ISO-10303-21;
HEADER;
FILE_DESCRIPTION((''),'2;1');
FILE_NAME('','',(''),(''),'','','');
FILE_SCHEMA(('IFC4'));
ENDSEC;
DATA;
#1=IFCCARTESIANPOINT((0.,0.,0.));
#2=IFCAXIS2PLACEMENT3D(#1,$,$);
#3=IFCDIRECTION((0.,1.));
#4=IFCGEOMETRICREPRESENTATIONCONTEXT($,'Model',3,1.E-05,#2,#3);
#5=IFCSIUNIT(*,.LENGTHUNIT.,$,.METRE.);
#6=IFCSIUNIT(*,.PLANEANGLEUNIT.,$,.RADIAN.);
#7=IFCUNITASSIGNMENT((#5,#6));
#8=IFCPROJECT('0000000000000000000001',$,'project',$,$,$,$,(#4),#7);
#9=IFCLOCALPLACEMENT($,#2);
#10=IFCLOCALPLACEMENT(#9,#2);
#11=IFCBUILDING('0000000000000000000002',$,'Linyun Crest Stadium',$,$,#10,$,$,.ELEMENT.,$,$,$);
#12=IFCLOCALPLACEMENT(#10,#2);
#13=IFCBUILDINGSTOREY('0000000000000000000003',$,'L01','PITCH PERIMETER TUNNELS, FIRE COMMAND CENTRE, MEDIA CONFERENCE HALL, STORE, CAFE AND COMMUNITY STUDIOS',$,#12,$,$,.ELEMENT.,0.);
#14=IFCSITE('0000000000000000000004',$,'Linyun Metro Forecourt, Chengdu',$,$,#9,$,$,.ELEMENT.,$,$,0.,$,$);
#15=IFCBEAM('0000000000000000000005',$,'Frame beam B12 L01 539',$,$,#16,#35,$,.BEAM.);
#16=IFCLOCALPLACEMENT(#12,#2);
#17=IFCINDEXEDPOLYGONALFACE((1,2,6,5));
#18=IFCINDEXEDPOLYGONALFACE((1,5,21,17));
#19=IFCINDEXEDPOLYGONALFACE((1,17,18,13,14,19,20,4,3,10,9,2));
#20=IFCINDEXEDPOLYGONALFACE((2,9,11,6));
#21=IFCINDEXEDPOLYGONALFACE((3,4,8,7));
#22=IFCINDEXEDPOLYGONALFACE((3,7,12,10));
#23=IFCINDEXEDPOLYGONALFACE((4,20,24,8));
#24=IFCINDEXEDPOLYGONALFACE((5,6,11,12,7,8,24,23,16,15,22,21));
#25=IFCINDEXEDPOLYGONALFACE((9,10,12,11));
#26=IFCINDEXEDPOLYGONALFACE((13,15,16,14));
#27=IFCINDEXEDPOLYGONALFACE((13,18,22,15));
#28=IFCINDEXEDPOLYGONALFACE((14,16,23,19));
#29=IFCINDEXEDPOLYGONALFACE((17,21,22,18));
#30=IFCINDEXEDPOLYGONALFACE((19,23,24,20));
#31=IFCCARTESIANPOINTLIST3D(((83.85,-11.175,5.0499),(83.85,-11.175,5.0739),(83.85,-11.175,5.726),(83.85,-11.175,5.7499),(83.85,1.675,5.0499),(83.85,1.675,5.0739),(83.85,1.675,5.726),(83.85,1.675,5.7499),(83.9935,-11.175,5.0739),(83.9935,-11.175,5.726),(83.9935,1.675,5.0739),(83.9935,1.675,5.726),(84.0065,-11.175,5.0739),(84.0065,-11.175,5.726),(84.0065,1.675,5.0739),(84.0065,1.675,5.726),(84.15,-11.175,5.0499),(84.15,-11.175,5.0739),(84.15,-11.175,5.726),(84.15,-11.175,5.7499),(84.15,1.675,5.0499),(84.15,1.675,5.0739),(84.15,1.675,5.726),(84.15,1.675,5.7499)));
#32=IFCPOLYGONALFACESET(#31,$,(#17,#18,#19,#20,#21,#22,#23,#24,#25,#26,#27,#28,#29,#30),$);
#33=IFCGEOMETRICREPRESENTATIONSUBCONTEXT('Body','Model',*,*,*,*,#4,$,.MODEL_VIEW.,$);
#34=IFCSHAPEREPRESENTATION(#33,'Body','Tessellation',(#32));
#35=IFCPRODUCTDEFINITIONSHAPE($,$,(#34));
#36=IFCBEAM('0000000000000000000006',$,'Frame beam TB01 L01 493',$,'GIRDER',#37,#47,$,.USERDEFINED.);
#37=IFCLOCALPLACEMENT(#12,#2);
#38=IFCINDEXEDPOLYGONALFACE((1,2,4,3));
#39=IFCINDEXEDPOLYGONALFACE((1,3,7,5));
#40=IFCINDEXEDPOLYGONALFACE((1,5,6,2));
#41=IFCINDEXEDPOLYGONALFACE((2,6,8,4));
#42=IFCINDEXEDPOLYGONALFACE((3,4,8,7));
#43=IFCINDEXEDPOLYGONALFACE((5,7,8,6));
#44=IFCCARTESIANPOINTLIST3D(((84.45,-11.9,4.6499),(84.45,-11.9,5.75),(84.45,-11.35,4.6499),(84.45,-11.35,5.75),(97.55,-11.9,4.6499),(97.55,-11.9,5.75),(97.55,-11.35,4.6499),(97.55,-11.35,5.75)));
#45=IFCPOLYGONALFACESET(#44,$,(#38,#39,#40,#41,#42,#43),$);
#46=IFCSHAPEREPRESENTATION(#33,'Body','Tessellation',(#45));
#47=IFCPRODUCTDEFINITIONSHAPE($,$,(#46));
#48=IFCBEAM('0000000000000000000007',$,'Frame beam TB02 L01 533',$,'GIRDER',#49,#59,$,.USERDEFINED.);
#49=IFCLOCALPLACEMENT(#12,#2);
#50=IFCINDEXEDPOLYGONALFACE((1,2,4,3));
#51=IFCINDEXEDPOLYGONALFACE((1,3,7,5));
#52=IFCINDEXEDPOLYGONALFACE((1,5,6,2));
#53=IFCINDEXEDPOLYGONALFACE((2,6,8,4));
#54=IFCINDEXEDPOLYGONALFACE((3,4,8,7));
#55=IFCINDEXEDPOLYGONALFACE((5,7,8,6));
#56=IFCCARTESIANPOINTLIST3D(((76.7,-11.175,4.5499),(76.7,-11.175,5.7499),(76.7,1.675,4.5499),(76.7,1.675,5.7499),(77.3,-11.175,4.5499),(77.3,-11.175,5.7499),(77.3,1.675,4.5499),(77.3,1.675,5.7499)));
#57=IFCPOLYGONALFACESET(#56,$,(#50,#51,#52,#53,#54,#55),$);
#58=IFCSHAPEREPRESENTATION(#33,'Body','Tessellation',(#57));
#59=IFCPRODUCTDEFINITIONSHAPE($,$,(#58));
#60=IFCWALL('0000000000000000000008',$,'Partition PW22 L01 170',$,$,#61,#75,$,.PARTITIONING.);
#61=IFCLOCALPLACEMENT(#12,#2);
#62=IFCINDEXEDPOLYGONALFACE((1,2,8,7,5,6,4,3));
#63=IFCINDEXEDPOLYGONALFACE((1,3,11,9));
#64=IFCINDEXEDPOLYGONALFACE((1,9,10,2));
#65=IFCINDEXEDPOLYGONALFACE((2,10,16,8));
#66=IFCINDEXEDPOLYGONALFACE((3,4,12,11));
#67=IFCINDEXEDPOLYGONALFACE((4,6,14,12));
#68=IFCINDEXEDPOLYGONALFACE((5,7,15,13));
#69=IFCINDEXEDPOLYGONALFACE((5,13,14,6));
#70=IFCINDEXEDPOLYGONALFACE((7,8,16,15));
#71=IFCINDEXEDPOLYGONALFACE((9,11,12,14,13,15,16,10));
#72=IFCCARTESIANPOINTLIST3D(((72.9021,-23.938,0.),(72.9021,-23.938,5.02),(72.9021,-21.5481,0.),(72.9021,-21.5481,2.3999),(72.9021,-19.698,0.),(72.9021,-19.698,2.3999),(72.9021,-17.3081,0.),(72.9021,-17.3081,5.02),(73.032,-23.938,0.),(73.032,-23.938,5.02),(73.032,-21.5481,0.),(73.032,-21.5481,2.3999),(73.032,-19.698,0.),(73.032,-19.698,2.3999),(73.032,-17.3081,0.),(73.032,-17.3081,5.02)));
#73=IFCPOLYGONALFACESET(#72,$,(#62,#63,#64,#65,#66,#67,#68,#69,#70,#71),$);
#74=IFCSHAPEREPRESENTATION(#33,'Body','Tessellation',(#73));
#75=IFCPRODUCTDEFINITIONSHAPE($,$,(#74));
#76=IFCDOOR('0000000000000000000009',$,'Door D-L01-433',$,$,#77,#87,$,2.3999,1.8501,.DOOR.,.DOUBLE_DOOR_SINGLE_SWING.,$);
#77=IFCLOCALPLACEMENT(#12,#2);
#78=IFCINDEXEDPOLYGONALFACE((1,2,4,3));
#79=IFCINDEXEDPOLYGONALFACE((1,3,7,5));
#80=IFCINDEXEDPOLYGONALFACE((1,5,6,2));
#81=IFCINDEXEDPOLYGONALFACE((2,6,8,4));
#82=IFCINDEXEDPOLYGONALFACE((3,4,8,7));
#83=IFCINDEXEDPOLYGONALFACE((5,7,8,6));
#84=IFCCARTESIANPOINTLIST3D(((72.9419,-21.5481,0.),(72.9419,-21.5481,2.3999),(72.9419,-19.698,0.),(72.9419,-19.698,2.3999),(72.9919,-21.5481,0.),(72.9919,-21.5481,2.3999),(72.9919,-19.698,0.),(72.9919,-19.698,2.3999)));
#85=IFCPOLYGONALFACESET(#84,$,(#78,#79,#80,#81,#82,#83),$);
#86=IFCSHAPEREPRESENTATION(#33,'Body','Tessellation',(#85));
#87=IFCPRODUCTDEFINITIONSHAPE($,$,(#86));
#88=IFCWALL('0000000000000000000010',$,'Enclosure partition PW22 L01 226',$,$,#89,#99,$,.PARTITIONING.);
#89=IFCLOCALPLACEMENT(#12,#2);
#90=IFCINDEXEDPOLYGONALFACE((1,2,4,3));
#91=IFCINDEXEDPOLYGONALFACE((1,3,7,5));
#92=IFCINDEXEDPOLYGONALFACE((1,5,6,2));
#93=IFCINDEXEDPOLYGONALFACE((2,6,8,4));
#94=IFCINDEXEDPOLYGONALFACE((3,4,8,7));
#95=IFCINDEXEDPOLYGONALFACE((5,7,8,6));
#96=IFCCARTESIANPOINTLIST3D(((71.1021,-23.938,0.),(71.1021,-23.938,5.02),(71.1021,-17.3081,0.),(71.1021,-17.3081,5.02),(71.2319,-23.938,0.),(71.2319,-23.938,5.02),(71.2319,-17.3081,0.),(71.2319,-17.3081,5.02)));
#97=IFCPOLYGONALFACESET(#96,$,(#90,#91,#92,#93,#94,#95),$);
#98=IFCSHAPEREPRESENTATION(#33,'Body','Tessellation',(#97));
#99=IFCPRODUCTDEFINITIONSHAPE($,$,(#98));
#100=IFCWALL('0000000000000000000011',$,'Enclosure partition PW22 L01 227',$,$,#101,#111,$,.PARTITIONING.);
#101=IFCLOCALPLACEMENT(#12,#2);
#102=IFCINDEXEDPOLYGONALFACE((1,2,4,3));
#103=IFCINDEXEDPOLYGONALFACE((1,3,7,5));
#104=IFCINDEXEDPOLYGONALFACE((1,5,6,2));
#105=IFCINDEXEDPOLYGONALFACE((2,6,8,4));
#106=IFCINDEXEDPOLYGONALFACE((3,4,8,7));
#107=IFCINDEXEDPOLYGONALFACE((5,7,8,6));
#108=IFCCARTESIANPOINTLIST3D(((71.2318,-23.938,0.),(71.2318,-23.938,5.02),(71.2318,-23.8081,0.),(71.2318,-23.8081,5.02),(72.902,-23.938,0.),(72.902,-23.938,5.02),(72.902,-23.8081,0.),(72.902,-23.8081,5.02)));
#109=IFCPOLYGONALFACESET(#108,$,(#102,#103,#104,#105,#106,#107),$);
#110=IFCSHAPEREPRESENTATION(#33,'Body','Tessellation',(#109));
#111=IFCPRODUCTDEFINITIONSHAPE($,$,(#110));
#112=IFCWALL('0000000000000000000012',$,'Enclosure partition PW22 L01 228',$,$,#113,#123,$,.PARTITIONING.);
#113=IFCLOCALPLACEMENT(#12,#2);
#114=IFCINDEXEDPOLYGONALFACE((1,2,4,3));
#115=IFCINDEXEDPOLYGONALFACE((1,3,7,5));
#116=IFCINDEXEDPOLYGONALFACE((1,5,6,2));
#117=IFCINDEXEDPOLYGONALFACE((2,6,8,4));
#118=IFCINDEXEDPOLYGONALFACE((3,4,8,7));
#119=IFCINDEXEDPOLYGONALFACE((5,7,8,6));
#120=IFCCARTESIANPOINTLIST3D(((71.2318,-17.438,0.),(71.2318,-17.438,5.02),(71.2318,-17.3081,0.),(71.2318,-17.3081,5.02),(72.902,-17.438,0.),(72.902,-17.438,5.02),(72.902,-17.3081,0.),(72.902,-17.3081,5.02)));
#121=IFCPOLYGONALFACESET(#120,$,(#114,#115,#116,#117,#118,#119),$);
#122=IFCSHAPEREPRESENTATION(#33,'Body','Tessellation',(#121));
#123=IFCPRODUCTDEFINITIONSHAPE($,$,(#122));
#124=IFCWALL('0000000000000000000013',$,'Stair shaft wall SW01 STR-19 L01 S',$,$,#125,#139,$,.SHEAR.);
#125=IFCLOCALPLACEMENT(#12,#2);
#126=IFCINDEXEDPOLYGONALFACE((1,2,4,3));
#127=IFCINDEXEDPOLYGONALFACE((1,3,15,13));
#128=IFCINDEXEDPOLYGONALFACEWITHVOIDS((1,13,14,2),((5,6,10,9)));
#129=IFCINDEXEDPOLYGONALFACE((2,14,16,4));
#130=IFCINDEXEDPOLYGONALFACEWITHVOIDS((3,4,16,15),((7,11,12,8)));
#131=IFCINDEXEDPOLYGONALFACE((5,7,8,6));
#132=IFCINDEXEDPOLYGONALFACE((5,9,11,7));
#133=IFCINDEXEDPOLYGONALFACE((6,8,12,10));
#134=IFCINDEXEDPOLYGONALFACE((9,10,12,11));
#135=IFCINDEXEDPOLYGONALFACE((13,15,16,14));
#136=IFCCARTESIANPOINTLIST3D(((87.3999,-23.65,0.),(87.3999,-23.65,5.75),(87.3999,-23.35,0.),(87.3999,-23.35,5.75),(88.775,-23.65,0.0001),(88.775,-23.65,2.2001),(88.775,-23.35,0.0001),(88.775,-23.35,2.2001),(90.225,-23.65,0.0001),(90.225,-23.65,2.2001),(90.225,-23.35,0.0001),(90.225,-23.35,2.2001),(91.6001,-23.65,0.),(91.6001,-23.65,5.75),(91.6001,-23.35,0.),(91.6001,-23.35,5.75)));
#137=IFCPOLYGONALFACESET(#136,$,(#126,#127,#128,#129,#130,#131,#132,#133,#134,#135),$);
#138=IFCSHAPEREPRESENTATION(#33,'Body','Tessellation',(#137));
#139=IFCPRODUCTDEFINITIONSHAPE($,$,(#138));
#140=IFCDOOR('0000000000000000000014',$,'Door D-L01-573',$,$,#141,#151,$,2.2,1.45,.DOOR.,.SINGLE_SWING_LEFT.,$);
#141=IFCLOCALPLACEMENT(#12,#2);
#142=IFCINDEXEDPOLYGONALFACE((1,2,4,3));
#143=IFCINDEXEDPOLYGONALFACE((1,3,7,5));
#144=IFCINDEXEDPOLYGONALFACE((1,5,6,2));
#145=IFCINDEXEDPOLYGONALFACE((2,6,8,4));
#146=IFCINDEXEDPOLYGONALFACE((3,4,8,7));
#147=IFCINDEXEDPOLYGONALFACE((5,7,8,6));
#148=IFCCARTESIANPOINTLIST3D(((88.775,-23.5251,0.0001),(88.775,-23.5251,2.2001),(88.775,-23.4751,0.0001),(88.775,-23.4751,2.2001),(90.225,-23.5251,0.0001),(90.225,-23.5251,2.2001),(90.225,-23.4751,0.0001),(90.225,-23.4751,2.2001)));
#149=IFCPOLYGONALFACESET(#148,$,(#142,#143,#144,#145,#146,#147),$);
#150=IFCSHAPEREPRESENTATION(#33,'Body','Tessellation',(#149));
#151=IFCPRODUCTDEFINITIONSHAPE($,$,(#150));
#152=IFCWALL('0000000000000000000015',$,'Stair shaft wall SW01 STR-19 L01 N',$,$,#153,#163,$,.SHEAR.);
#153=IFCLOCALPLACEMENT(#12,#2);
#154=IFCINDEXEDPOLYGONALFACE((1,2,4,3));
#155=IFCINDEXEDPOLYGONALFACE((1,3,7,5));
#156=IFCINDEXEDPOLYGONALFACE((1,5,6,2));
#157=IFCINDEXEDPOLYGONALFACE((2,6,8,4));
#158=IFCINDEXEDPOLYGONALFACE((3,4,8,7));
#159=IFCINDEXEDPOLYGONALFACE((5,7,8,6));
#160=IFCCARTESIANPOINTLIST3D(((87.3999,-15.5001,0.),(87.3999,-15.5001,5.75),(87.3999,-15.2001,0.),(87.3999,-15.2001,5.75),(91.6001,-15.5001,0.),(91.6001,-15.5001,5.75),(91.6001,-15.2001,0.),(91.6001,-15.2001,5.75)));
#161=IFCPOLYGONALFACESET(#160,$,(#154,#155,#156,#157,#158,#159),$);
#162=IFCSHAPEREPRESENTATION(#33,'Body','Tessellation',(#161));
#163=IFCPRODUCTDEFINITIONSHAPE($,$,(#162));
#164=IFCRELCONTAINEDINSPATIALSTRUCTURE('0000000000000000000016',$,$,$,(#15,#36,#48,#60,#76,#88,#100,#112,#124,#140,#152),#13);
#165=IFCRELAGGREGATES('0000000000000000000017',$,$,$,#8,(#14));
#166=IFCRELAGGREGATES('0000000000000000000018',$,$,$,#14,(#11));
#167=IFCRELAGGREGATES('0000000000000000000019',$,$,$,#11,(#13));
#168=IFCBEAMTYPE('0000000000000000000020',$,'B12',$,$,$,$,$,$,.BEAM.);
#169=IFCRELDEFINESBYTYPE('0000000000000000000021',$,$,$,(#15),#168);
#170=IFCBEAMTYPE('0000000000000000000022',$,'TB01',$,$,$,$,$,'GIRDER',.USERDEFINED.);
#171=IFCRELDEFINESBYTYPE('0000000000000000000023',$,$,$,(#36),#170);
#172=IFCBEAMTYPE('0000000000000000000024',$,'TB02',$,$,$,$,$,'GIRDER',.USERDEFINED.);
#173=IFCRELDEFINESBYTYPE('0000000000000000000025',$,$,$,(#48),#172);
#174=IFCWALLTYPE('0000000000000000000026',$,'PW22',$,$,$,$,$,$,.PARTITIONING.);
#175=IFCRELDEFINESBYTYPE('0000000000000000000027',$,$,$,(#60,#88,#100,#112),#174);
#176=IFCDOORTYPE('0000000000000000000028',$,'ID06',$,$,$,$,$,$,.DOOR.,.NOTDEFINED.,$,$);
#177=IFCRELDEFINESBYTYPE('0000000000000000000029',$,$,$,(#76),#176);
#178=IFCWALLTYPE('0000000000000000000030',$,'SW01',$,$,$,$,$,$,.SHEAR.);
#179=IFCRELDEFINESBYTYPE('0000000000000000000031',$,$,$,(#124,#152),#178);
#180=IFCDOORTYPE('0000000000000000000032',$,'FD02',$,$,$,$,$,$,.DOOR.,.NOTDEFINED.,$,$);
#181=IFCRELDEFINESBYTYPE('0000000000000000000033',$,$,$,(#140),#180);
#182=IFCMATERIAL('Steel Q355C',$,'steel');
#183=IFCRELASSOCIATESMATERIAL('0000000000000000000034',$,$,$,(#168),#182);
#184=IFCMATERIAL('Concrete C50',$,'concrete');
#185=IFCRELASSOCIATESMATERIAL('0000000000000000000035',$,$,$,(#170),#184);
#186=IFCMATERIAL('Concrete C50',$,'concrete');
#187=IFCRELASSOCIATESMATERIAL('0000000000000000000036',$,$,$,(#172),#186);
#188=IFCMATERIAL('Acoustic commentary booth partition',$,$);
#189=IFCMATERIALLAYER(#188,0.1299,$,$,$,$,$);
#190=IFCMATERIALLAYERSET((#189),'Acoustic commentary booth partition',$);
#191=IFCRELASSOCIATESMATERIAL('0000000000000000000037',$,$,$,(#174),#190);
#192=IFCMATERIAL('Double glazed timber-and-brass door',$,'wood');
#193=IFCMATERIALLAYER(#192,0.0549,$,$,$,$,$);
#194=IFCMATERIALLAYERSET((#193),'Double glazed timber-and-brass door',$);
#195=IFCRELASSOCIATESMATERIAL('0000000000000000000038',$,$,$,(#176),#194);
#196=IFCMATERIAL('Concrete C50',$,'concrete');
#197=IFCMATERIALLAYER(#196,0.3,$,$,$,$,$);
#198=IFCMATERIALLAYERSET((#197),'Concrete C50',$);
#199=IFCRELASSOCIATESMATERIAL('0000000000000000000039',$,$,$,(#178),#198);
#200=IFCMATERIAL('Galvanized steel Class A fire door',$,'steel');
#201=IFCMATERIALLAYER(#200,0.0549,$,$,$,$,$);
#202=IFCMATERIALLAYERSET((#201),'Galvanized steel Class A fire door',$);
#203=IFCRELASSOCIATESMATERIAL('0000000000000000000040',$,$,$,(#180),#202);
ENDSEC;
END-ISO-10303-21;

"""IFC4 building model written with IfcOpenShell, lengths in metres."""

from ifc_helpers import new_model, si_unit, direction, frame, frame_2d, origin, origin_2d, place, context, subcontext, project, spatial, rectangle, i_section, extrude, material, layer, layer_set, material_profile, profile_set, type_object, element, fill, save


model = new_model("IFC4")

# Units and contexts
model_context = context("Model", 3, precision=1e-05, world=origin(), true_north=direction((0.0, 1.0)))
body_context = subcontext(model_context, "Body", "Model", "MODEL_VIEW")
ifc_project = project(units=[si_unit("LENGTHUNIT", "METRE"), si_unit("PLANEANGLEUNIT", "RADIAN")], contexts=[model_context])

# Site, building, storey
site_placement = place(None, origin())
site = spatial("IfcSite", under=ifc_project, at=site_placement, Name="Linyun Metro Forecourt, Chengdu", CompositionType="ELEMENT", RefElevation=0.0)
building_placement = place(site_placement, origin())
building = spatial("IfcBuilding", under=site, at=building_placement, Name="Linyun Crest Stadium", CompositionType="ELEMENT")
storey_placement = place(building_placement, origin())
storey = spatial("IfcBuildingStorey", under=building, at=storey_placement, Name="L01", Description="PITCH PERIMETER TUNNELS, FIRE COMMAND CENTRE, MEDIA CONFERENCE HALL, STORE, CAFE AND COMMUNITY STUDIOS", CompositionType="ELEMENT", Elevation=0.0)

# Beams
ifc_material_1 = material(Name="Steel Q355C", Category="steel")
ifc_material_profile_1 = material_profile(ifc_material_1, i_section(OverallWidth=0.3, OverallDepth=0.7, WebThickness=0.0129, FlangeThickness=0.0239, at=origin_2d()), Name="HN 700x300")
ifc_profile_set_1 = profile_set([ifc_material_profile_1], Name="Steel Q355C")
beam_type_1 = type_object("IfcBeamType", Name="B12", PredefinedType="BEAM", material=ifc_profile_set_1)
for number, where, z_axis, x_axis, name in (
    (1, (84.0, -11.175, 5.3999), (0.0, 1.0, 0.0), (-1.0, 0.0, 0.0), "Frame beam B12 L01 539"),
):
    element("IfcBeam", number, at=place(storey_placement, frame(where, z_axis=z_axis, x_axis=x_axis)), inside=storey, type_object=beam_type_1, Name=name, PredefinedType="BEAM", context=body_context, shape_type="SweptSolid", body=[
        extrude(i_section(OverallWidth=0.3, OverallDepth=0.7, WebThickness=0.0129, FlangeThickness=0.0239, at=origin_2d()), origin(), (0.0, 0.0, 1.0), 12.8501),
    ])
ifc_material_2 = material(Name="Concrete C50", Category="concrete")
ifc_material_profile_2 = material_profile(ifc_material_2, rectangle(XDim=0.55, YDim=1.1001, at=origin_2d()), Name="RCB 1100x550")
ifc_profile_set_2 = profile_set([ifc_material_profile_2], Name="Concrete C50")
beam_type_2 = type_object("IfcBeamType", Name="TB01", ElementType="GIRDER", PredefinedType="USERDEFINED", material=ifc_profile_set_2)
beam_1_placement = place(storey_placement, frame((84.45, -11.625, 5.2), z_axis=(1.0, 0.0, 0.0), x_axis=(0.0, 1.0, 0.0)))
element("IfcBeam", 2, at=beam_1_placement, inside=storey, type_object=beam_type_2, Name="Frame beam TB01 L01 493", ObjectType="GIRDER", PredefinedType="USERDEFINED", context=body_context, shape_type="SweptSolid", body=[
    extrude(rectangle(XDim=0.55, YDim=1.1001, at=origin_2d()), origin(), (0.0, 0.0, 1.0), 13.1001),
])
ifc_material_3 = material(Name="Concrete C50", Category="concrete")
ifc_material_profile_3 = material_profile(ifc_material_3, rectangle(XDim=0.6001, YDim=1.2, at=origin_2d()), Name="RCB 1200x600")
ifc_profile_set_3 = profile_set([ifc_material_profile_3], Name="Concrete C50")
beam_type_3 = type_object("IfcBeamType", Name="TB02", ElementType="GIRDER", PredefinedType="USERDEFINED", material=ifc_profile_set_3)
beam_2_placement = place(storey_placement, frame((77.0, -11.175, 5.1499), z_axis=(0.0, 1.0, 0.0), x_axis=(-1.0, 0.0, 0.0)))
element("IfcBeam", 3, at=beam_2_placement, inside=storey, type_object=beam_type_3, Name="Frame beam TB02 L01 533", ObjectType="GIRDER", PredefinedType="USERDEFINED", context=body_context, shape_type="SweptSolid", body=[
    extrude(rectangle(XDim=0.6001, YDim=1.2, at=origin_2d()), origin(), (0.0, 0.0, 1.0), 12.8501),
])

# Wall, opening, door
ifc_material_4 = material(Name="Acoustic commentary booth partition")
ifc_layer_1 = layer(ifc_material_4, 0.1299)
ifc_layer_set_1 = layer_set([ifc_layer_1], Name="Acoustic commentary booth partition")
wall_type_1 = type_object("IfcWallType", Name="PW22", PredefinedType="PARTITIONING", material=ifc_layer_set_1)
wall_1_placement = place(storey_placement, frame((72.967, -17.3081, 0.0), z_axis=(0.0, 0.0, 1.0), x_axis=(0.0, -1.0, 0.0)))
wall_1 = element("IfcWall", 4, at=wall_1_placement, inside=storey, type_object=wall_type_1, Name="Partition PW22 L01 170", PredefinedType="PARTITIONING", context=body_context, shape_type="SweptSolid", body=[
    extrude(rectangle(XDim=6.6299, YDim=0.1299, at=frame_2d((3.3149, 0.0))), origin(), (0.0, 0.0, 1.0), 5.02),
])
opening_1_placement = place(wall_1_placement, frame((2.3899, 0.0, 0.0)))
opening_1 = element("IfcOpeningElement", 5, at=opening_1_placement, cuts=wall_1, PredefinedType="OPENING", context=body_context, shape_type="SweptSolid", body=[
    extrude(rectangle(XDim=1.8501, YDim=2.3999, at=frame_2d((0.925, 1.2))), frame((0.0, 0.075, 0.0), z_axis=(0.0, -1.0, 0.0), x_axis=(1.0, 0.0, 0.0)), (0.0, 0.0, 1.0), 0.1499),
])
ifc_material_5 = material(Name="Double glazed timber-and-brass door", Category="wood")
ifc_layer_2 = layer(ifc_material_5, 0.0549)
ifc_layer_set_2 = layer_set([ifc_layer_2], Name="Double glazed timber-and-brass door")
door_type_1 = type_object("IfcDoorType", Name="ID06", OperationType="NOTDEFINED", PredefinedType="DOOR", material=ifc_layer_set_2)
door_1_placement = place(opening_1_placement, origin())
door_1 = element("IfcDoor", 6, at=door_1_placement, inside=storey, type_object=door_type_1, Name="Door D-L01-433", OperationType="DOUBLE_DOOR_SINGLE_SWING", OverallHeight=2.3999, OverallWidth=1.8501, PredefinedType="DOOR", context=body_context, shape_type="SweptSolid", body=[
    extrude(rectangle(XDim=1.8501, YDim=2.3999, at=frame_2d((0.925, 1.2))), frame((0.0, 0.0249, 0.0), z_axis=(0.0, -1.0, 0.0), x_axis=(1.0, 0.0, 0.0)), (0.0, 0.0, 1.0), 0.05),
])
fill(opening_1, door_1)

# Walls
wall_2_placement = place(storey_placement, frame((71.167, -23.938, 0.0), z_axis=(0.0, 0.0, 1.0), x_axis=(0.0, 1.0, 0.0)))
element("IfcWall", 7, at=wall_2_placement, inside=storey, type_object=wall_type_1, Name="Enclosure partition PW22 L01 226", PredefinedType="PARTITIONING", context=body_context, shape_type="SweptSolid", body=[
    extrude(rectangle(XDim=6.6299, YDim=0.1299, at=frame_2d((3.3149, 0.0))), origin(), (0.0, 0.0, 1.0), 5.02),
])
for number, where, z_axis, x_axis, name in (
    (8, (71.2319, -23.873, 0.0), (0.0, 0.0, 1.0), (1.0, 0.0, 0.0), "Enclosure partition PW22 L01 227"),
    (9, (71.2319, -17.373, 0.0), (0.0, 0.0, 1.0), (1.0, 0.0, 0.0), "Enclosure partition PW22 L01 228"),
):
    element("IfcWall", number, at=place(storey_placement, frame(where, z_axis=z_axis, x_axis=x_axis)), inside=storey, type_object=wall_type_1, Name=name, PredefinedType="PARTITIONING", context=body_context, shape_type="SweptSolid", body=[
        extrude(rectangle(XDim=1.6702, YDim=0.1299, at=frame_2d((0.835, 0.0))), origin(), (0.0, 0.0, 1.0), 5.02),
    ])

# Wall, opening, door
ifc_material_6 = material(Name="Concrete C50", Category="concrete")
ifc_layer_3 = layer(ifc_material_6, 0.3)
ifc_layer_set_3 = layer_set([ifc_layer_3], Name="Concrete C50")
wall_type_2 = type_object("IfcWallType", Name="SW01", PredefinedType="SHEAR", material=ifc_layer_set_3)
wall_3_placement = place(storey_placement, frame((87.3999, -23.5, 0.0), z_axis=(0.0, 0.0, 1.0), x_axis=(1.0, 0.0, 0.0)))
wall_3 = element("IfcWall", 10, at=wall_3_placement, inside=storey, type_object=wall_type_2, Name="Stair shaft wall SW01 STR-19 L01 S", PredefinedType="SHEAR", context=body_context, shape_type="SweptSolid", body=[
    extrude(rectangle(XDim=4.2002, YDim=0.3, at=frame_2d((2.1001, 0.0))), origin(), (0.0, 0.0, 1.0), 5.75),
])
opening_2_placement = place(wall_3_placement, frame((1.375, 0.0, 0.0)))
opening_2 = element("IfcOpeningElement", 11, at=opening_2_placement, cuts=wall_3, PredefinedType="OPENING", context=body_context, shape_type="SweptSolid", body=[
    extrude(rectangle(XDim=1.45, YDim=2.2, at=frame_2d((0.7251, 1.1001))), frame((0.0, 0.1599, 0.0), z_axis=(0.0, -1.0, 0.0), x_axis=(1.0, 0.0, 0.0)), (0.0, 0.0, 1.0), 0.3201),
])
ifc_material_7 = material(Name="Galvanized steel Class A fire door", Category="steel")
ifc_layer_4 = layer(ifc_material_7, 0.0549)
ifc_layer_set_4 = layer_set([ifc_layer_4], Name="Galvanized steel Class A fire door")
door_type_2 = type_object("IfcDoorType", Name="FD02", OperationType="NOTDEFINED", PredefinedType="DOOR", material=ifc_layer_set_4)
door_2_placement = place(opening_2_placement, origin())
door_2 = element("IfcDoor", 12, at=door_2_placement, inside=storey, type_object=door_type_2, Name="Door D-L01-573", OperationType="SINGLE_SWING_LEFT", OverallHeight=2.2, OverallWidth=1.45, PredefinedType="DOOR", context=body_context, shape_type="SweptSolid", body=[
    extrude(rectangle(XDim=1.45, YDim=2.2, at=frame_2d((0.7251, 1.1001))), frame((0.0, 0.0249, 0.0), z_axis=(0.0, -1.0, 0.0), x_axis=(1.0, 0.0, 0.0)), (0.0, 0.0, 1.0), 0.05),
])
fill(opening_2, door_2)

# Wall
wall_4_placement = place(storey_placement, frame((87.3999, -15.3501, 0.0), z_axis=(0.0, 0.0, 1.0), x_axis=(1.0, 0.0, 0.0)))
element("IfcWall", 13, at=wall_4_placement, inside=storey, type_object=wall_type_2, Name="Stair shaft wall SW01 STR-19 L01 N", PredefinedType="SHEAR", context=body_context, shape_type="SweptSolid", body=[
    extrude(rectangle(XDim=4.2002, YDim=0.3, at=frame_2d((2.1001, 0.0))), origin(), (0.0, 0.0, 1.0), 5.75),
])

save(model, "model.ifc")
